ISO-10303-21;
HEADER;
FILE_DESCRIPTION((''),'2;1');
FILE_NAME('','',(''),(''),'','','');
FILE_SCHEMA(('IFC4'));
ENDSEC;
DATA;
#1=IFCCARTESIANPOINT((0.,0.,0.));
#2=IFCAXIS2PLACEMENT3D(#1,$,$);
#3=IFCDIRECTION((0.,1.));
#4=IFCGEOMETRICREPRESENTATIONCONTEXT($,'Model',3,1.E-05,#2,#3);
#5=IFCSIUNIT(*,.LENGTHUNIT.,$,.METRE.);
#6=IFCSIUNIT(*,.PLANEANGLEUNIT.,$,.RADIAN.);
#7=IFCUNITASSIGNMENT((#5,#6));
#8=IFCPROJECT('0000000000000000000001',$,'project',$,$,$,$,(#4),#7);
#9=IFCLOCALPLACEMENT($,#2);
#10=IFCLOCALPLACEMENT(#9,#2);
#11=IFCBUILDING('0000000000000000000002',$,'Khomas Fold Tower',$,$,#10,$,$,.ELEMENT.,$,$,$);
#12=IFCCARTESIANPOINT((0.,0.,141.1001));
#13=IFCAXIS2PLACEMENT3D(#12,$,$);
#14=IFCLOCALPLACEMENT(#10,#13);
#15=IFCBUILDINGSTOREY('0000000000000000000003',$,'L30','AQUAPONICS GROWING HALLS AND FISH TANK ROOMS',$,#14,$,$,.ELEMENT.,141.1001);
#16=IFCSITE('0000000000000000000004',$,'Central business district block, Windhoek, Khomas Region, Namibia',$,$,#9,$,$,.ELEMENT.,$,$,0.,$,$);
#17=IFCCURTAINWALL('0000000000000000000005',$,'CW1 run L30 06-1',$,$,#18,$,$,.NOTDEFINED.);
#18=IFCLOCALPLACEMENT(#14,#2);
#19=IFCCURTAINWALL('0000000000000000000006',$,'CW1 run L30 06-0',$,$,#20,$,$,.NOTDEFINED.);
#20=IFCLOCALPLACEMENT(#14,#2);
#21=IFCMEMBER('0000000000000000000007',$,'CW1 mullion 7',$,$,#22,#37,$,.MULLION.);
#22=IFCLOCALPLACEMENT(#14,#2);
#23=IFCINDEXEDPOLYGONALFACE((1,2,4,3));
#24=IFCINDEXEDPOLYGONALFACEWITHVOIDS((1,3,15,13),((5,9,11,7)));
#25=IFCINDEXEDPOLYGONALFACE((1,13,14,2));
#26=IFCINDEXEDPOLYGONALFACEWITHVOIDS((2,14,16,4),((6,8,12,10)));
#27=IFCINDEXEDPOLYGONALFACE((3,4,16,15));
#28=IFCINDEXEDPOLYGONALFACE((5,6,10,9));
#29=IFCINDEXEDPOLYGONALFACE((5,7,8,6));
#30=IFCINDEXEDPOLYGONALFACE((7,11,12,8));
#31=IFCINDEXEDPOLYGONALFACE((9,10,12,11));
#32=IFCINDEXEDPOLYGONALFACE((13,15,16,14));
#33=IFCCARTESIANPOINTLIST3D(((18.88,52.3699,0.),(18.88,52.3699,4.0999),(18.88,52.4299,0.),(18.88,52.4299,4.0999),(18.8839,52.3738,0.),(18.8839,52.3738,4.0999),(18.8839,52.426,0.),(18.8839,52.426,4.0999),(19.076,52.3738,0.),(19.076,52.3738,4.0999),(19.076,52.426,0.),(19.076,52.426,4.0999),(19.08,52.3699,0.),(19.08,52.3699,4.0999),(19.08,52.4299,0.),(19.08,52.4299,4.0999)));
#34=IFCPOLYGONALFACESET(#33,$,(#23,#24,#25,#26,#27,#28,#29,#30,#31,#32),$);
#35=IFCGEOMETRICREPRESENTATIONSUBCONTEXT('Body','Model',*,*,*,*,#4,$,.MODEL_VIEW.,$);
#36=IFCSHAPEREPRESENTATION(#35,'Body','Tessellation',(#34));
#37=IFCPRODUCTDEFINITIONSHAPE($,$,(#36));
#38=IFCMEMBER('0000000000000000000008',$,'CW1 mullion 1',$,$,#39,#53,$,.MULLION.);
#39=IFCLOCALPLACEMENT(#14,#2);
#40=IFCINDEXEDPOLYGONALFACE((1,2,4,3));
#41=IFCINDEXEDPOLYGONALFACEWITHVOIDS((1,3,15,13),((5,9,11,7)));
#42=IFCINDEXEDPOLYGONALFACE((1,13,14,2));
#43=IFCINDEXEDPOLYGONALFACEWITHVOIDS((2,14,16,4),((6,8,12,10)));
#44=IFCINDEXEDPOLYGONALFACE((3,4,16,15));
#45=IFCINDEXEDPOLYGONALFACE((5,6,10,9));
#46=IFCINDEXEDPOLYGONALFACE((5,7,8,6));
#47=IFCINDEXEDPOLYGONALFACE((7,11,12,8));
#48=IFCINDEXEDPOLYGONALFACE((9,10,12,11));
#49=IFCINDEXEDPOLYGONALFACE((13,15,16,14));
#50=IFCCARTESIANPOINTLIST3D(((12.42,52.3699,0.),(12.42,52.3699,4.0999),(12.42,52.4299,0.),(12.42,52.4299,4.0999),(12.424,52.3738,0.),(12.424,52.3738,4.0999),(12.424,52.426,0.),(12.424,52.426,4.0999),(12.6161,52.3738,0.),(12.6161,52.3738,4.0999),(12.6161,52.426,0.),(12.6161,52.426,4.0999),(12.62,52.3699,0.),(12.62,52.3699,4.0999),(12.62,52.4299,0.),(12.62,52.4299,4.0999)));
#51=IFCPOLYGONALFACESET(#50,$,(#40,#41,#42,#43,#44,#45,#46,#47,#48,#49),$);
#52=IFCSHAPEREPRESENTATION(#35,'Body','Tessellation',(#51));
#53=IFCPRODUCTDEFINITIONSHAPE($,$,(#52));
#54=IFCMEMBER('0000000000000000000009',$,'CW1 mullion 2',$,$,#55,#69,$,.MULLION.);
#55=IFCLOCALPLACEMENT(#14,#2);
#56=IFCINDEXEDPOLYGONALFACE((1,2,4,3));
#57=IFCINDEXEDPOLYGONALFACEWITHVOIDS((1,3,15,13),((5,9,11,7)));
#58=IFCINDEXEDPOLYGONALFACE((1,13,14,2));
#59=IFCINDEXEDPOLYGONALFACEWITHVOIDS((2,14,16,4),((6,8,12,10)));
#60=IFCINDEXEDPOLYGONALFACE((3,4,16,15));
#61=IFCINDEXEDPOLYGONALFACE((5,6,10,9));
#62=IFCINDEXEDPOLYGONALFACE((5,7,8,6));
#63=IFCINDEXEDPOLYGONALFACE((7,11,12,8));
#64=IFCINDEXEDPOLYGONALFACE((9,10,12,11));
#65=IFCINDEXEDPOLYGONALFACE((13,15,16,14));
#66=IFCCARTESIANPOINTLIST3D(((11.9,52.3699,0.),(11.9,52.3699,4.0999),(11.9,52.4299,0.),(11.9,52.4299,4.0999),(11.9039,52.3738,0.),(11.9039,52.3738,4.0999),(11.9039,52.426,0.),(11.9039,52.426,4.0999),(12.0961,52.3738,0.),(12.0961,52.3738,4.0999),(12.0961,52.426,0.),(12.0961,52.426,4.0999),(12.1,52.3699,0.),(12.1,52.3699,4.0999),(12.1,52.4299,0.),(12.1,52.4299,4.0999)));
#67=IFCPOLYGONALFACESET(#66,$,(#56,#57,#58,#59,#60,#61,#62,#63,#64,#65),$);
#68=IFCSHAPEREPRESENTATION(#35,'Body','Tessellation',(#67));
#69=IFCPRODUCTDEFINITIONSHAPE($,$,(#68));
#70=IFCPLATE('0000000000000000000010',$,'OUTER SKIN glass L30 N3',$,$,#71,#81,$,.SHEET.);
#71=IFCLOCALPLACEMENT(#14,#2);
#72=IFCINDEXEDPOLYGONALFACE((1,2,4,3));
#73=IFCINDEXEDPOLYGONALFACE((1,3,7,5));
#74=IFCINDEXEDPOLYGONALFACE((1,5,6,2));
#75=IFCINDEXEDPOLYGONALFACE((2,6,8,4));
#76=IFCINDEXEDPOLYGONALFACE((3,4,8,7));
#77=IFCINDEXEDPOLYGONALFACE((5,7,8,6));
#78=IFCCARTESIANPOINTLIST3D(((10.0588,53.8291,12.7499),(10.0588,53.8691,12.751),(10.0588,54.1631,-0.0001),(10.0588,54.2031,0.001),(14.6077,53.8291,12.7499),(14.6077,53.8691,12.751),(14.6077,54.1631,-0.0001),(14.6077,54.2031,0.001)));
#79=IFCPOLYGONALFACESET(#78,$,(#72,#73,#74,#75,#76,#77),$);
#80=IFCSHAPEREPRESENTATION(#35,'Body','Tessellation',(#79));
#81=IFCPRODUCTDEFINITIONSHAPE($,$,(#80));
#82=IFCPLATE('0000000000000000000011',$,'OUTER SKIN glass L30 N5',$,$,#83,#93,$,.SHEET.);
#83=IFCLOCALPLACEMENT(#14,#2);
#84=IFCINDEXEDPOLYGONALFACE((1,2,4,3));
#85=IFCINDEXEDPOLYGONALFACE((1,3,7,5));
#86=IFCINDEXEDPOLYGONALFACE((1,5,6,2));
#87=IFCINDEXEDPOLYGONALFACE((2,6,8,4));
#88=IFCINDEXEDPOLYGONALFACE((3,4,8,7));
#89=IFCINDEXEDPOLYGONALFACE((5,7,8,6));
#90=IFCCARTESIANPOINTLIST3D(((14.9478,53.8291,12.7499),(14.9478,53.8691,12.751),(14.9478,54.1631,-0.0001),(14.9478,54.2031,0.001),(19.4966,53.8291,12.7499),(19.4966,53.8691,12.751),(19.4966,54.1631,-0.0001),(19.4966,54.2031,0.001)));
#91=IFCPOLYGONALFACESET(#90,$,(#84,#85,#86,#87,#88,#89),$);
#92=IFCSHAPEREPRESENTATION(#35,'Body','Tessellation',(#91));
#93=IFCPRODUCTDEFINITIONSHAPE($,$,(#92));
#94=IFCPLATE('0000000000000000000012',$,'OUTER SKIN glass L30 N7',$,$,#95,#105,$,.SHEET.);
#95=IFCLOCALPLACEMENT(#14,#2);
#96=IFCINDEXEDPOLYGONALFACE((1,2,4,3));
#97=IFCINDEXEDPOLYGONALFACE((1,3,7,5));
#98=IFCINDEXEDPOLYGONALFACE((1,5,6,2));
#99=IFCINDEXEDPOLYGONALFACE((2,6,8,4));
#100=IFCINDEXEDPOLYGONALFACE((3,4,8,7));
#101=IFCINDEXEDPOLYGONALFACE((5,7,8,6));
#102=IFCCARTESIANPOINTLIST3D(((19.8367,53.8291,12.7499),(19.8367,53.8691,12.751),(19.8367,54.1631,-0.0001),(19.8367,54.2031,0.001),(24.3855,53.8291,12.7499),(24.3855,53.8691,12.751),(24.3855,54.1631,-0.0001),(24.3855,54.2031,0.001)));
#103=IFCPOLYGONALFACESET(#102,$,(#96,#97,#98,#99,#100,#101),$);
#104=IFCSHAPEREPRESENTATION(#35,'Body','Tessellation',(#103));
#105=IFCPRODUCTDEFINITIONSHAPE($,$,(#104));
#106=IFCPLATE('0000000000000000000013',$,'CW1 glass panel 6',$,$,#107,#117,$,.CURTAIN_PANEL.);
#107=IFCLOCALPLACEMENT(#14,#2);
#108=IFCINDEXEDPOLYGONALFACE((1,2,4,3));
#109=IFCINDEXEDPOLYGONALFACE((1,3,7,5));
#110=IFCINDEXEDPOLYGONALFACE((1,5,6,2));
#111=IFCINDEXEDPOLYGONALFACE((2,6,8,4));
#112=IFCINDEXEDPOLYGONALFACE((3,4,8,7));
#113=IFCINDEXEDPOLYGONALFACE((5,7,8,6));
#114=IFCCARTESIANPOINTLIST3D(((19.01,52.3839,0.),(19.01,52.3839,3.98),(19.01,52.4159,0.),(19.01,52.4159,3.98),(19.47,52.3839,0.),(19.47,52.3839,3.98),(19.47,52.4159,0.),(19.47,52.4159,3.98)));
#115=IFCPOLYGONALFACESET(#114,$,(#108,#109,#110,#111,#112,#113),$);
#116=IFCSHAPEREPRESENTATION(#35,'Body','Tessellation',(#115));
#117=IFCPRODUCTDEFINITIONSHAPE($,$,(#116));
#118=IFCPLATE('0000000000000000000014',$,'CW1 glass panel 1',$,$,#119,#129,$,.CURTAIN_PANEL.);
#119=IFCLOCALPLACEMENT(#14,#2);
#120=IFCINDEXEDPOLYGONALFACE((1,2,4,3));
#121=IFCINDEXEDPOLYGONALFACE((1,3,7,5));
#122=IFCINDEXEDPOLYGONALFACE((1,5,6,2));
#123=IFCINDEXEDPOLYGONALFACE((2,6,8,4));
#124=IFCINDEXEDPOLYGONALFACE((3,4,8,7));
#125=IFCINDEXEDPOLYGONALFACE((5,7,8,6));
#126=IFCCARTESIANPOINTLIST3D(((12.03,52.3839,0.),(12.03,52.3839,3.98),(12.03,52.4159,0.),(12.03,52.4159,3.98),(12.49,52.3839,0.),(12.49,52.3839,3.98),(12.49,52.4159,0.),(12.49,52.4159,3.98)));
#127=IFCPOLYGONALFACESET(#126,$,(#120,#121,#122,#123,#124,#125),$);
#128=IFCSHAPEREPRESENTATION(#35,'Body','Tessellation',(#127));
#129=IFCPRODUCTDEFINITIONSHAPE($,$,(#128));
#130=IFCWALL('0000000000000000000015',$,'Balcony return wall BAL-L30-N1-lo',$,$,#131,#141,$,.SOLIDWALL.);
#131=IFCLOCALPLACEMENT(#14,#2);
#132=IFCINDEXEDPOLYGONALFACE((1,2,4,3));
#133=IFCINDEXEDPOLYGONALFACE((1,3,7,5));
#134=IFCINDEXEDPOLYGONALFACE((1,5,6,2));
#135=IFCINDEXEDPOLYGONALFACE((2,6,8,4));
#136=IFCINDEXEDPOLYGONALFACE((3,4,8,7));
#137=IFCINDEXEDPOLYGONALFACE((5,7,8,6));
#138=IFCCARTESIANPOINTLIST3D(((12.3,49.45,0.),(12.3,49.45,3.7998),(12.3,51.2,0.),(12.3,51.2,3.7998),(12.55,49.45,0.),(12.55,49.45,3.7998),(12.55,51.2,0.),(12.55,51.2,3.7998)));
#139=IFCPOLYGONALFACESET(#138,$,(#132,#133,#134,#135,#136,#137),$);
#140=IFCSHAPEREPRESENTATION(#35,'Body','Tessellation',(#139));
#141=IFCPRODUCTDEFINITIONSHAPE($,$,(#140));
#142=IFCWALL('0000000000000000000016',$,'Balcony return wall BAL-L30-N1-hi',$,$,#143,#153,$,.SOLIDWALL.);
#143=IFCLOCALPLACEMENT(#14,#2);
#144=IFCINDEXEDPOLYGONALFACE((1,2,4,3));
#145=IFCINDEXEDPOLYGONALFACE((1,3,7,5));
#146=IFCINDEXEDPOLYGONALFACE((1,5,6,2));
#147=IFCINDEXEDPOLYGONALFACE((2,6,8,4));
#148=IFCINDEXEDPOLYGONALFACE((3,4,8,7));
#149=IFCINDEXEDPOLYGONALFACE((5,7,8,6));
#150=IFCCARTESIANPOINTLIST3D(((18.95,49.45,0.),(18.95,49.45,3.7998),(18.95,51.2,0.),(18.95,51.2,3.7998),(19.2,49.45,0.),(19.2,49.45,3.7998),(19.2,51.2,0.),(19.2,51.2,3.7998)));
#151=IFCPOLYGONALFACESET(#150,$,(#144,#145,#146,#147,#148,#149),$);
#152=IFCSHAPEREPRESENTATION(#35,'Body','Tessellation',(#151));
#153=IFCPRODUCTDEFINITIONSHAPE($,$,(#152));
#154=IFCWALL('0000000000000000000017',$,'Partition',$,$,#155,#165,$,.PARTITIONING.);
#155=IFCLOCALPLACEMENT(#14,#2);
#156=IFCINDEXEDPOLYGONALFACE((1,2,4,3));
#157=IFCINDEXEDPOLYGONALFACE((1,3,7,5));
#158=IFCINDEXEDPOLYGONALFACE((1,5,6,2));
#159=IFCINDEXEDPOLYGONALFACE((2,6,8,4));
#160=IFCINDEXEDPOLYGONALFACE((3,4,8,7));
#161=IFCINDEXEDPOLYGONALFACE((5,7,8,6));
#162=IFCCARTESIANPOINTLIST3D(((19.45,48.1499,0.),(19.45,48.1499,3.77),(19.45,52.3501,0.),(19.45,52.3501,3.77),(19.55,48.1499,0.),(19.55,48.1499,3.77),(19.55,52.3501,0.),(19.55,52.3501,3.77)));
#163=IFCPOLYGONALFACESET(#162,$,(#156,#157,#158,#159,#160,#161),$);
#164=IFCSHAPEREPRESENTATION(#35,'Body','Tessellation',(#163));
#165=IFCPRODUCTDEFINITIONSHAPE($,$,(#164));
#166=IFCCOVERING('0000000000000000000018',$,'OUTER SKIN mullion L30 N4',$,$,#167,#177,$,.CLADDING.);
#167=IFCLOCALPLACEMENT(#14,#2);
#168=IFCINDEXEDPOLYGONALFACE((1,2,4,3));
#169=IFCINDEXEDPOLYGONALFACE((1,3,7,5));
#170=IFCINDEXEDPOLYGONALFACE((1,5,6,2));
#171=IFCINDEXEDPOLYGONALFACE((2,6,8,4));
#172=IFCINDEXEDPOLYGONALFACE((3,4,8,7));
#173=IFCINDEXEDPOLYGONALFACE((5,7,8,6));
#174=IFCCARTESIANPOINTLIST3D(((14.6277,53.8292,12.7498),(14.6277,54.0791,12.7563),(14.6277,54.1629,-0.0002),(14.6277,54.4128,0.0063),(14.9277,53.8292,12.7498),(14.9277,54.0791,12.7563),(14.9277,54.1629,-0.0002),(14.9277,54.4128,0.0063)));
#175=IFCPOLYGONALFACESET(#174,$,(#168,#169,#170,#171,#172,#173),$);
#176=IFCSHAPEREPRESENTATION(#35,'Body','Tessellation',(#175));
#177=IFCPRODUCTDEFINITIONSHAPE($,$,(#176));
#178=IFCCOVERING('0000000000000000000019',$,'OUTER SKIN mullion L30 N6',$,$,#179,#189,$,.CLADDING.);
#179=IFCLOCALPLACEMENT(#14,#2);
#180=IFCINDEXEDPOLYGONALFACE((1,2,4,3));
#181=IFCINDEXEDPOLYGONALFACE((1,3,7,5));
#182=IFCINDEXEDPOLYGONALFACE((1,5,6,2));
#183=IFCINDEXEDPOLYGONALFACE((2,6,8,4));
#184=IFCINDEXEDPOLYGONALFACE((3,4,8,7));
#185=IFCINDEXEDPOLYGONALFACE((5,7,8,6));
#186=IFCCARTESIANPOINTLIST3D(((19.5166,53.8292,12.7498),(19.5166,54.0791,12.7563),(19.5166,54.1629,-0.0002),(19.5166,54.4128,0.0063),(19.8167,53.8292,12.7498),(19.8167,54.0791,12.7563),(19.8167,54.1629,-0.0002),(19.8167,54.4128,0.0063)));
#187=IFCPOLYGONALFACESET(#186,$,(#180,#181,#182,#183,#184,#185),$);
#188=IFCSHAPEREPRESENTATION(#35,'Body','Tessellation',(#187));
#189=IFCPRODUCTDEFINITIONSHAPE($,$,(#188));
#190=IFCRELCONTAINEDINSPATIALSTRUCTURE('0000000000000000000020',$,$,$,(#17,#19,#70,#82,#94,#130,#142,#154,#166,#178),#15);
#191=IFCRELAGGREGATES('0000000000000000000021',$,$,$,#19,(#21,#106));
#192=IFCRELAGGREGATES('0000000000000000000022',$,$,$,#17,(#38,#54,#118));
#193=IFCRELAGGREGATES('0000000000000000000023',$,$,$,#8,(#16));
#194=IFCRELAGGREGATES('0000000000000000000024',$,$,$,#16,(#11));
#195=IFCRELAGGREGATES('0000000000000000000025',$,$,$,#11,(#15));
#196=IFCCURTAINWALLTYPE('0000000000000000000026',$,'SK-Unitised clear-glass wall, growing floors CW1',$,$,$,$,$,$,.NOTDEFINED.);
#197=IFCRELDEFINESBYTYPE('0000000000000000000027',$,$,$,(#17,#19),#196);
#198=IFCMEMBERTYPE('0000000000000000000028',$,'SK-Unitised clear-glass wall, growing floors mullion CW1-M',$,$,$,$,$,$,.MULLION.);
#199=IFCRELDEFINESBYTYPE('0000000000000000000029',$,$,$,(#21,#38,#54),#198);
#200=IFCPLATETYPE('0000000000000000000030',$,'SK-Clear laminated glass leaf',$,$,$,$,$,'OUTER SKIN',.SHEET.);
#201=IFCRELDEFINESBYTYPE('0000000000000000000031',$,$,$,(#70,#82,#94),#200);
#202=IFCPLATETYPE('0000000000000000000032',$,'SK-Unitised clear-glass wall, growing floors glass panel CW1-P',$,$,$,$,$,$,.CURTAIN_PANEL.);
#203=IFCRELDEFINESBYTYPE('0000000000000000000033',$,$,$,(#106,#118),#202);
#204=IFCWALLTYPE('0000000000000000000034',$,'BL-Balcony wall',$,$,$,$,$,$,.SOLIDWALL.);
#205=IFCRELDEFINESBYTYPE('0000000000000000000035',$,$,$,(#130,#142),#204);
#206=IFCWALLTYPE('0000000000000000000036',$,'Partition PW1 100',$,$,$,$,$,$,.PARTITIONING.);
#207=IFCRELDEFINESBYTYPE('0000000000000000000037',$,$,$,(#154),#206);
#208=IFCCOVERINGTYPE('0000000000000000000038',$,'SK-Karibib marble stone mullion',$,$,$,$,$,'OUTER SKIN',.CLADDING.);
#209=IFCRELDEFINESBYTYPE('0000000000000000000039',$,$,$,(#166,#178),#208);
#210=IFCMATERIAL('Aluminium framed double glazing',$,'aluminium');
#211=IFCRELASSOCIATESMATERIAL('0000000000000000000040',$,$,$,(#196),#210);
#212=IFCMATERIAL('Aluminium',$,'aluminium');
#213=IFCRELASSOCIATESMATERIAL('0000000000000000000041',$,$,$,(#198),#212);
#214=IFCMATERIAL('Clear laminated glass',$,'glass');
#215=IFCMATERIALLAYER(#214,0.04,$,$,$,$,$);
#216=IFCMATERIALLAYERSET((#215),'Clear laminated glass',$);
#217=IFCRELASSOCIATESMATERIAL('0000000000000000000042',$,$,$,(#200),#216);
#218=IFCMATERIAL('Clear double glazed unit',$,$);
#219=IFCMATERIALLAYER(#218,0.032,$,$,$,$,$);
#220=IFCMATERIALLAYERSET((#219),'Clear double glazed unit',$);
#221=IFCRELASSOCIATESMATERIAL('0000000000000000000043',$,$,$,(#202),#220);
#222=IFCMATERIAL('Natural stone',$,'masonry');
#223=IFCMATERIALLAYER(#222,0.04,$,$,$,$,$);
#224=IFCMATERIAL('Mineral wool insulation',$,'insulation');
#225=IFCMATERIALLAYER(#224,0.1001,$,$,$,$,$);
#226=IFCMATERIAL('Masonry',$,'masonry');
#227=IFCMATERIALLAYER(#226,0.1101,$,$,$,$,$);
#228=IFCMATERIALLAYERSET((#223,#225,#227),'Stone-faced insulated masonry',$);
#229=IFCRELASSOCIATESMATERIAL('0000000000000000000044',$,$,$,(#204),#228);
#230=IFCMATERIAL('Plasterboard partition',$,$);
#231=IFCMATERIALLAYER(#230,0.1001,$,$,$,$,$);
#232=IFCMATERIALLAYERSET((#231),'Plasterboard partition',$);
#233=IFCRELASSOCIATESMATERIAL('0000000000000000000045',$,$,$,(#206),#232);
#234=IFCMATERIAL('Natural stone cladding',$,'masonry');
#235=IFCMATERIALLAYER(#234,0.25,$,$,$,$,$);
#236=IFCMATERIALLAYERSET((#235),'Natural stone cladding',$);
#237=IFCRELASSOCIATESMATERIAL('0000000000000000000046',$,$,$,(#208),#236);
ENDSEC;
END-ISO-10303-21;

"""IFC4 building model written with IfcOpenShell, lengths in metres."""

from ifc_helpers import new_model, si_unit, direction, frame, frame_2d, origin, origin_2d, place, context, subcontext, project, spatial, polyline, rectangle, hollow_rectangle, outline, extrude, source, transform, mapped, material, layer, layer_set, material_profile, profile_set, type_object, element, aggregate, save


model = new_model("IFC4")

# Units and contexts
model_context = context("Model", 3, precision=1e-05, world=origin(), true_north=direction((0.0, 1.0)))
body_context = subcontext(model_context, "Body", "Model", "MODEL_VIEW")
ifc_project = project(units=[si_unit("LENGTHUNIT", "METRE"), si_unit("PLANEANGLEUNIT", "RADIAN")], contexts=[model_context])

# Site, building, storey
site_placement = place(None, origin())
site = spatial("IfcSite", under=ifc_project, at=site_placement, Name="Central business district block, Windhoek, Khomas Region, Namibia", CompositionType="ELEMENT", RefElevation=0.0)
building_placement = place(site_placement, origin())
building = spatial("IfcBuilding", under=site, at=building_placement, Name="Khomas Fold Tower", CompositionType="ELEMENT")
storey_placement = place(building_placement, frame((0.0, 0.0, 141.1001)))
storey = spatial("IfcBuildingStorey", under=building, at=storey_placement, Name="L30", Description="AQUAPONICS GROWING HALLS AND FISH TANK ROOMS", CompositionType="ELEMENT", Elevation=141.1001)

# Curtain walls
ifc_material_1 = material(Name="Aluminium framed double glazing", Category="aluminium")
curtain_wall_type = type_object("IfcCurtainWallType", Name="SK-Unitised clear-glass wall, growing floors CW1", PredefinedType="NOTDEFINED", material=ifc_material_1)
curtain_wall_1_placement = place(storey_placement, origin())
curtain_wall_1 = element("IfcCurtainWall", 1, at=curtain_wall_1_placement, inside=storey, type_object=curtain_wall_type, Name="CW1 run L30 06-1", PredefinedType="NOTDEFINED")
curtain_wall_2_placement = place(storey_placement, origin())
curtain_wall_2 = element("IfcCurtainWall", 2, at=curtain_wall_2_placement, inside=storey, type_object=curtain_wall_type, Name="CW1 run L30 06-0", PredefinedType="NOTDEFINED")

# Members
ifc_material_2 = material(Name="Aluminium", Category="aluminium")
ifc_material_profile_1 = material_profile(ifc_material_2, hollow_rectangle(XDim=0.0601, YDim=0.2, WallThickness=0.0039, at=origin_2d()), Name="SK-Unitised clear-glass wall, growing floors mullion CW1-M")
ifc_profile_set_1 = profile_set([ifc_material_profile_1], Name="Aluminium")
member_type_1 = type_object("IfcMemberType", Name="SK-Unitised clear-glass wall, growing floors mullion CW1-M", PredefinedType="MULLION", material=ifc_profile_set_1)
shared_shape_1 = source(origin(), body_context, "Body", "SweptSolid", [
    extrude(hollow_rectangle(XDim=0.0601, YDim=0.2, WallThickness=0.0039, at=origin_2d()), origin(), (0.0, 0.0, 1.0), 4.0999),
])
member_1_placement = place(storey_placement, frame((18.98, 52.3999, 0.0), z_axis=(0.0, 0.0, 1.0), x_axis=(0.0, -1.0, 0.0)))
member_1 = element("IfcMember", 3, at=member_1_placement, type_object=member_type_1, Name="CW1 mullion 7", PredefinedType="MULLION", context=body_context, shape_type="MappedRepresentation", body=[
    mapped(shared_shape_1, transform((0.0, 0.0, 0.0))),
])
member_2_placement = place(storey_placement, frame((12.52, 52.3999, 0.0), z_axis=(0.0, 0.0, 1.0), x_axis=(0.0, -1.0, 0.0)))
member_2 = element("IfcMember", 4, at=member_2_placement, type_object=member_type_1, Name="CW1 mullion 1", PredefinedType="MULLION", context=body_context, shape_type="MappedRepresentation", body=[
    mapped(shared_shape_1, transform((0.0, 0.0, 0.0))),
])
member_3_placement = place(storey_placement, frame((12.0, 52.3999, 0.0), z_axis=(0.0, 0.0, 1.0), x_axis=(0.0, -1.0, 0.0)))
member_3 = element("IfcMember", 5, at=member_3_placement, type_object=member_type_1, Name="CW1 mullion 2", PredefinedType="MULLION", context=body_context, shape_type="MappedRepresentation", body=[
    mapped(shared_shape_1, transform((0.0, 0.0, 0.0))),
])

# Plates
ifc_material_3 = material(Name="Clear laminated glass", Category="glass")
ifc_layer_1 = layer(ifc_material_3, 0.04)
ifc_layer_set_1 = layer_set([ifc_layer_1], Name="Clear laminated glass")
plate_type_1 = type_object("IfcPlateType", Name="SK-Clear laminated glass leaf", ElementType="OUTER SKIN", PredefinedType="SHEET", material=ifc_layer_set_1)
for number, where, z_axis, x_axis, name in (
    (6, (10.0588, 54.2031, 0.001), (0.0, 0.999657, 0.026186), (1.0, 0.0, 0.0), "OUTER SKIN glass L30 N3"),
    (7, (14.9478, 54.2031, 0.001), (0.0, 0.999657, 0.026186), (1.0, 0.0, 0.0), "OUTER SKIN glass L30 N5"),
    (8, (19.8367, 54.2031, 0.001), (0.0, 0.999657, 0.026186), (1.0, 0.0, 0.0), "OUTER SKIN glass L30 N7"),
):
    element("IfcPlate", number, at=place(storey_placement, frame(where, z_axis=z_axis, x_axis=x_axis)), inside=storey, type_object=plate_type_1, Name=name, PredefinedType="SHEET", context=body_context, shape_type="SweptSolid", body=[
        extrude(outline(polyline([(0.0, 0.0), (4.5488, 0.0), (4.5488, -12.7544), (0.0, -12.7544), (0.0, 0.0)])), origin(), (0.0, 0.0, -1.0), 0.04),
    ])

# Plates
ifc_material_4 = material(Name="Clear double glazed unit")
ifc_layer_2 = layer(ifc_material_4, 0.032)
ifc_layer_set_2 = layer_set([ifc_layer_2], Name="Clear double glazed unit")
plate_type_2 = type_object("IfcPlateType", Name="SK-Unitised clear-glass wall, growing floors glass panel CW1-P", PredefinedType="CURTAIN_PANEL", material=ifc_layer_set_2)
shared_shape_2 = source(origin(), body_context, "Body", "SweptSolid", [
    extrude(rectangle(XDim=0.46, YDim=0.032, at=origin_2d()), origin(), (0.0, 0.0, 1.0), 3.98),
])
plate_1_placement = place(storey_placement, frame((19.24, 52.3999, 0.0), z_axis=(0.0, 0.0, 1.0), x_axis=(-1.0, 0.0, 0.0)))
plate_1 = element("IfcPlate", 9, at=plate_1_placement, type_object=plate_type_2, Name="CW1 glass panel 6", PredefinedType="CURTAIN_PANEL", context=body_context, shape_type="MappedRepresentation", body=[
    mapped(shared_shape_2, transform((0.0, 0.0, 0.0))),
])
aggregate(curtain_wall_2, [member_1, plate_1])
plate_2_placement = place(storey_placement, frame((12.26, 52.3999, 0.0), z_axis=(0.0, 0.0, 1.0), x_axis=(-1.0, 0.0, 0.0)))
plate_2 = element("IfcPlate", 10, at=plate_2_placement, type_object=plate_type_2, Name="CW1 glass panel 1", PredefinedType="CURTAIN_PANEL", context=body_context, shape_type="MappedRepresentation", body=[
    mapped(shared_shape_2, transform((0.0, 0.0, 0.0))),
])
aggregate(curtain_wall_1, [member_2, member_3, plate_2])

# Shared definitions
ifc_material_5 = material(Name="Natural stone", Category="masonry")
ifc_layer_3 = layer(ifc_material_5, 0.04)
ifc_material_6 = material(Name="Mineral wool insulation", Category="insulation")
ifc_layer_4 = layer(ifc_material_6, 0.1001)
ifc_material_7 = material(Name="Masonry", Category="masonry")
ifc_layer_5 = layer(ifc_material_7, 0.1101)
ifc_layer_set_3 = layer_set([ifc_layer_3, ifc_layer_4, ifc_layer_5], Name="Stone-faced insulated masonry")
wall_type_1 = type_object("IfcWallType", Name="BL-Balcony wall", PredefinedType="SOLIDWALL", material=ifc_layer_set_3)

# Walls
shared_shape_3 = source(origin(), body_context, "Body", "SweptSolid", [
    extrude(rectangle(XDim=1.75, YDim=0.25, at=frame_2d((0.875, 0.0))), origin(), (0.0, 0.0, 1.0), 3.7998),
])
for number, where, z_axis, x_axis, name in (
    (11, (12.425, 51.2, 0.0), (0.0, 0.0, 1.0), (0.0, -1.0, 0.0), "Balcony return wall BAL-L30-N1-lo"),
    (12, (19.075, 51.2, 0.0), (0.0, 0.0, 1.0), (0.0, -1.0, 0.0), "Balcony return wall BAL-L30-N1-hi"),
):
    element("IfcWall", number, at=place(storey_placement, frame(where, z_axis=z_axis, x_axis=x_axis)), inside=storey, type_object=wall_type_1, Name=name, PredefinedType="SOLIDWALL", context=body_context, shape_type="MappedRepresentation", body=[
        mapped(shared_shape_3, transform((0.0, 0.0, 0.0))),
    ])
ifc_material_8 = material(Name="Plasterboard partition")
ifc_layer_6 = layer(ifc_material_8, 0.1001)
ifc_layer_set_4 = layer_set([ifc_layer_6], Name="Plasterboard partition")
wall_type_2 = type_object("IfcWallType", Name="Partition PW1 100", PredefinedType="PARTITIONING", material=ifc_layer_set_4)
shared_shape_4 = source(origin(), body_context, "Body", "SweptSolid", [
    extrude(rectangle(XDim=4.2002, YDim=0.1001, at=frame_2d((2.1001, 0.0))), origin(), (0.0, 0.0, 1.0), 3.77),
])
wall_1_placement = place(storey_placement, frame((19.5, 48.1499, 0.0), z_axis=(0.0, 0.0, 1.0), x_axis=(0.0, 1.0, 0.0)))
element("IfcWall", 13, at=wall_1_placement, inside=storey, type_object=wall_type_2, Name="Partition", PredefinedType="PARTITIONING", context=body_context, shape_type="MappedRepresentation", body=[
    mapped(shared_shape_4, transform((0.0, 0.0, 0.0))),
])

# Coverings
ifc_material_9 = material(Name="Natural stone cladding", Category="masonry")
ifc_layer_7 = layer(ifc_material_9, 0.25)
ifc_layer_set_5 = layer_set([ifc_layer_7], Name="Natural stone cladding")
covering_type = type_object("IfcCoveringType", Name="SK-Karibib marble stone mullion", ElementType="OUTER SKIN", PredefinedType="CLADDING", material=ifc_layer_set_5)
for number, where, z_axis, x_axis, name in (
    (14, (14.6277, 54.4128, 0.0063), (0.0, 0.999658, 0.026167), (1.0, 0.0, 0.0), "OUTER SKIN mullion L30 N4"),
    (15, (19.5166, 54.4128, 0.0063), (0.0, 0.999658, 0.026167), (1.0, 0.0, 0.0), "OUTER SKIN mullion L30 N6"),
):
    element("IfcCovering", number, at=place(storey_placement, frame(where, z_axis=z_axis, x_axis=x_axis)), inside=storey, type_object=covering_type, Name=name, PredefinedType="CLADDING", context=body_context, shape_type="SweptSolid", body=[
        extrude(outline(polyline([(0.0, 0.0), (0.3, 0.0), (0.3, -12.7544), (0.0, -12.7544), (0.0, 0.0)])), origin(), (0.0, 0.0, -1.0), 0.25),
    ])

save(model, "model.ifc")
